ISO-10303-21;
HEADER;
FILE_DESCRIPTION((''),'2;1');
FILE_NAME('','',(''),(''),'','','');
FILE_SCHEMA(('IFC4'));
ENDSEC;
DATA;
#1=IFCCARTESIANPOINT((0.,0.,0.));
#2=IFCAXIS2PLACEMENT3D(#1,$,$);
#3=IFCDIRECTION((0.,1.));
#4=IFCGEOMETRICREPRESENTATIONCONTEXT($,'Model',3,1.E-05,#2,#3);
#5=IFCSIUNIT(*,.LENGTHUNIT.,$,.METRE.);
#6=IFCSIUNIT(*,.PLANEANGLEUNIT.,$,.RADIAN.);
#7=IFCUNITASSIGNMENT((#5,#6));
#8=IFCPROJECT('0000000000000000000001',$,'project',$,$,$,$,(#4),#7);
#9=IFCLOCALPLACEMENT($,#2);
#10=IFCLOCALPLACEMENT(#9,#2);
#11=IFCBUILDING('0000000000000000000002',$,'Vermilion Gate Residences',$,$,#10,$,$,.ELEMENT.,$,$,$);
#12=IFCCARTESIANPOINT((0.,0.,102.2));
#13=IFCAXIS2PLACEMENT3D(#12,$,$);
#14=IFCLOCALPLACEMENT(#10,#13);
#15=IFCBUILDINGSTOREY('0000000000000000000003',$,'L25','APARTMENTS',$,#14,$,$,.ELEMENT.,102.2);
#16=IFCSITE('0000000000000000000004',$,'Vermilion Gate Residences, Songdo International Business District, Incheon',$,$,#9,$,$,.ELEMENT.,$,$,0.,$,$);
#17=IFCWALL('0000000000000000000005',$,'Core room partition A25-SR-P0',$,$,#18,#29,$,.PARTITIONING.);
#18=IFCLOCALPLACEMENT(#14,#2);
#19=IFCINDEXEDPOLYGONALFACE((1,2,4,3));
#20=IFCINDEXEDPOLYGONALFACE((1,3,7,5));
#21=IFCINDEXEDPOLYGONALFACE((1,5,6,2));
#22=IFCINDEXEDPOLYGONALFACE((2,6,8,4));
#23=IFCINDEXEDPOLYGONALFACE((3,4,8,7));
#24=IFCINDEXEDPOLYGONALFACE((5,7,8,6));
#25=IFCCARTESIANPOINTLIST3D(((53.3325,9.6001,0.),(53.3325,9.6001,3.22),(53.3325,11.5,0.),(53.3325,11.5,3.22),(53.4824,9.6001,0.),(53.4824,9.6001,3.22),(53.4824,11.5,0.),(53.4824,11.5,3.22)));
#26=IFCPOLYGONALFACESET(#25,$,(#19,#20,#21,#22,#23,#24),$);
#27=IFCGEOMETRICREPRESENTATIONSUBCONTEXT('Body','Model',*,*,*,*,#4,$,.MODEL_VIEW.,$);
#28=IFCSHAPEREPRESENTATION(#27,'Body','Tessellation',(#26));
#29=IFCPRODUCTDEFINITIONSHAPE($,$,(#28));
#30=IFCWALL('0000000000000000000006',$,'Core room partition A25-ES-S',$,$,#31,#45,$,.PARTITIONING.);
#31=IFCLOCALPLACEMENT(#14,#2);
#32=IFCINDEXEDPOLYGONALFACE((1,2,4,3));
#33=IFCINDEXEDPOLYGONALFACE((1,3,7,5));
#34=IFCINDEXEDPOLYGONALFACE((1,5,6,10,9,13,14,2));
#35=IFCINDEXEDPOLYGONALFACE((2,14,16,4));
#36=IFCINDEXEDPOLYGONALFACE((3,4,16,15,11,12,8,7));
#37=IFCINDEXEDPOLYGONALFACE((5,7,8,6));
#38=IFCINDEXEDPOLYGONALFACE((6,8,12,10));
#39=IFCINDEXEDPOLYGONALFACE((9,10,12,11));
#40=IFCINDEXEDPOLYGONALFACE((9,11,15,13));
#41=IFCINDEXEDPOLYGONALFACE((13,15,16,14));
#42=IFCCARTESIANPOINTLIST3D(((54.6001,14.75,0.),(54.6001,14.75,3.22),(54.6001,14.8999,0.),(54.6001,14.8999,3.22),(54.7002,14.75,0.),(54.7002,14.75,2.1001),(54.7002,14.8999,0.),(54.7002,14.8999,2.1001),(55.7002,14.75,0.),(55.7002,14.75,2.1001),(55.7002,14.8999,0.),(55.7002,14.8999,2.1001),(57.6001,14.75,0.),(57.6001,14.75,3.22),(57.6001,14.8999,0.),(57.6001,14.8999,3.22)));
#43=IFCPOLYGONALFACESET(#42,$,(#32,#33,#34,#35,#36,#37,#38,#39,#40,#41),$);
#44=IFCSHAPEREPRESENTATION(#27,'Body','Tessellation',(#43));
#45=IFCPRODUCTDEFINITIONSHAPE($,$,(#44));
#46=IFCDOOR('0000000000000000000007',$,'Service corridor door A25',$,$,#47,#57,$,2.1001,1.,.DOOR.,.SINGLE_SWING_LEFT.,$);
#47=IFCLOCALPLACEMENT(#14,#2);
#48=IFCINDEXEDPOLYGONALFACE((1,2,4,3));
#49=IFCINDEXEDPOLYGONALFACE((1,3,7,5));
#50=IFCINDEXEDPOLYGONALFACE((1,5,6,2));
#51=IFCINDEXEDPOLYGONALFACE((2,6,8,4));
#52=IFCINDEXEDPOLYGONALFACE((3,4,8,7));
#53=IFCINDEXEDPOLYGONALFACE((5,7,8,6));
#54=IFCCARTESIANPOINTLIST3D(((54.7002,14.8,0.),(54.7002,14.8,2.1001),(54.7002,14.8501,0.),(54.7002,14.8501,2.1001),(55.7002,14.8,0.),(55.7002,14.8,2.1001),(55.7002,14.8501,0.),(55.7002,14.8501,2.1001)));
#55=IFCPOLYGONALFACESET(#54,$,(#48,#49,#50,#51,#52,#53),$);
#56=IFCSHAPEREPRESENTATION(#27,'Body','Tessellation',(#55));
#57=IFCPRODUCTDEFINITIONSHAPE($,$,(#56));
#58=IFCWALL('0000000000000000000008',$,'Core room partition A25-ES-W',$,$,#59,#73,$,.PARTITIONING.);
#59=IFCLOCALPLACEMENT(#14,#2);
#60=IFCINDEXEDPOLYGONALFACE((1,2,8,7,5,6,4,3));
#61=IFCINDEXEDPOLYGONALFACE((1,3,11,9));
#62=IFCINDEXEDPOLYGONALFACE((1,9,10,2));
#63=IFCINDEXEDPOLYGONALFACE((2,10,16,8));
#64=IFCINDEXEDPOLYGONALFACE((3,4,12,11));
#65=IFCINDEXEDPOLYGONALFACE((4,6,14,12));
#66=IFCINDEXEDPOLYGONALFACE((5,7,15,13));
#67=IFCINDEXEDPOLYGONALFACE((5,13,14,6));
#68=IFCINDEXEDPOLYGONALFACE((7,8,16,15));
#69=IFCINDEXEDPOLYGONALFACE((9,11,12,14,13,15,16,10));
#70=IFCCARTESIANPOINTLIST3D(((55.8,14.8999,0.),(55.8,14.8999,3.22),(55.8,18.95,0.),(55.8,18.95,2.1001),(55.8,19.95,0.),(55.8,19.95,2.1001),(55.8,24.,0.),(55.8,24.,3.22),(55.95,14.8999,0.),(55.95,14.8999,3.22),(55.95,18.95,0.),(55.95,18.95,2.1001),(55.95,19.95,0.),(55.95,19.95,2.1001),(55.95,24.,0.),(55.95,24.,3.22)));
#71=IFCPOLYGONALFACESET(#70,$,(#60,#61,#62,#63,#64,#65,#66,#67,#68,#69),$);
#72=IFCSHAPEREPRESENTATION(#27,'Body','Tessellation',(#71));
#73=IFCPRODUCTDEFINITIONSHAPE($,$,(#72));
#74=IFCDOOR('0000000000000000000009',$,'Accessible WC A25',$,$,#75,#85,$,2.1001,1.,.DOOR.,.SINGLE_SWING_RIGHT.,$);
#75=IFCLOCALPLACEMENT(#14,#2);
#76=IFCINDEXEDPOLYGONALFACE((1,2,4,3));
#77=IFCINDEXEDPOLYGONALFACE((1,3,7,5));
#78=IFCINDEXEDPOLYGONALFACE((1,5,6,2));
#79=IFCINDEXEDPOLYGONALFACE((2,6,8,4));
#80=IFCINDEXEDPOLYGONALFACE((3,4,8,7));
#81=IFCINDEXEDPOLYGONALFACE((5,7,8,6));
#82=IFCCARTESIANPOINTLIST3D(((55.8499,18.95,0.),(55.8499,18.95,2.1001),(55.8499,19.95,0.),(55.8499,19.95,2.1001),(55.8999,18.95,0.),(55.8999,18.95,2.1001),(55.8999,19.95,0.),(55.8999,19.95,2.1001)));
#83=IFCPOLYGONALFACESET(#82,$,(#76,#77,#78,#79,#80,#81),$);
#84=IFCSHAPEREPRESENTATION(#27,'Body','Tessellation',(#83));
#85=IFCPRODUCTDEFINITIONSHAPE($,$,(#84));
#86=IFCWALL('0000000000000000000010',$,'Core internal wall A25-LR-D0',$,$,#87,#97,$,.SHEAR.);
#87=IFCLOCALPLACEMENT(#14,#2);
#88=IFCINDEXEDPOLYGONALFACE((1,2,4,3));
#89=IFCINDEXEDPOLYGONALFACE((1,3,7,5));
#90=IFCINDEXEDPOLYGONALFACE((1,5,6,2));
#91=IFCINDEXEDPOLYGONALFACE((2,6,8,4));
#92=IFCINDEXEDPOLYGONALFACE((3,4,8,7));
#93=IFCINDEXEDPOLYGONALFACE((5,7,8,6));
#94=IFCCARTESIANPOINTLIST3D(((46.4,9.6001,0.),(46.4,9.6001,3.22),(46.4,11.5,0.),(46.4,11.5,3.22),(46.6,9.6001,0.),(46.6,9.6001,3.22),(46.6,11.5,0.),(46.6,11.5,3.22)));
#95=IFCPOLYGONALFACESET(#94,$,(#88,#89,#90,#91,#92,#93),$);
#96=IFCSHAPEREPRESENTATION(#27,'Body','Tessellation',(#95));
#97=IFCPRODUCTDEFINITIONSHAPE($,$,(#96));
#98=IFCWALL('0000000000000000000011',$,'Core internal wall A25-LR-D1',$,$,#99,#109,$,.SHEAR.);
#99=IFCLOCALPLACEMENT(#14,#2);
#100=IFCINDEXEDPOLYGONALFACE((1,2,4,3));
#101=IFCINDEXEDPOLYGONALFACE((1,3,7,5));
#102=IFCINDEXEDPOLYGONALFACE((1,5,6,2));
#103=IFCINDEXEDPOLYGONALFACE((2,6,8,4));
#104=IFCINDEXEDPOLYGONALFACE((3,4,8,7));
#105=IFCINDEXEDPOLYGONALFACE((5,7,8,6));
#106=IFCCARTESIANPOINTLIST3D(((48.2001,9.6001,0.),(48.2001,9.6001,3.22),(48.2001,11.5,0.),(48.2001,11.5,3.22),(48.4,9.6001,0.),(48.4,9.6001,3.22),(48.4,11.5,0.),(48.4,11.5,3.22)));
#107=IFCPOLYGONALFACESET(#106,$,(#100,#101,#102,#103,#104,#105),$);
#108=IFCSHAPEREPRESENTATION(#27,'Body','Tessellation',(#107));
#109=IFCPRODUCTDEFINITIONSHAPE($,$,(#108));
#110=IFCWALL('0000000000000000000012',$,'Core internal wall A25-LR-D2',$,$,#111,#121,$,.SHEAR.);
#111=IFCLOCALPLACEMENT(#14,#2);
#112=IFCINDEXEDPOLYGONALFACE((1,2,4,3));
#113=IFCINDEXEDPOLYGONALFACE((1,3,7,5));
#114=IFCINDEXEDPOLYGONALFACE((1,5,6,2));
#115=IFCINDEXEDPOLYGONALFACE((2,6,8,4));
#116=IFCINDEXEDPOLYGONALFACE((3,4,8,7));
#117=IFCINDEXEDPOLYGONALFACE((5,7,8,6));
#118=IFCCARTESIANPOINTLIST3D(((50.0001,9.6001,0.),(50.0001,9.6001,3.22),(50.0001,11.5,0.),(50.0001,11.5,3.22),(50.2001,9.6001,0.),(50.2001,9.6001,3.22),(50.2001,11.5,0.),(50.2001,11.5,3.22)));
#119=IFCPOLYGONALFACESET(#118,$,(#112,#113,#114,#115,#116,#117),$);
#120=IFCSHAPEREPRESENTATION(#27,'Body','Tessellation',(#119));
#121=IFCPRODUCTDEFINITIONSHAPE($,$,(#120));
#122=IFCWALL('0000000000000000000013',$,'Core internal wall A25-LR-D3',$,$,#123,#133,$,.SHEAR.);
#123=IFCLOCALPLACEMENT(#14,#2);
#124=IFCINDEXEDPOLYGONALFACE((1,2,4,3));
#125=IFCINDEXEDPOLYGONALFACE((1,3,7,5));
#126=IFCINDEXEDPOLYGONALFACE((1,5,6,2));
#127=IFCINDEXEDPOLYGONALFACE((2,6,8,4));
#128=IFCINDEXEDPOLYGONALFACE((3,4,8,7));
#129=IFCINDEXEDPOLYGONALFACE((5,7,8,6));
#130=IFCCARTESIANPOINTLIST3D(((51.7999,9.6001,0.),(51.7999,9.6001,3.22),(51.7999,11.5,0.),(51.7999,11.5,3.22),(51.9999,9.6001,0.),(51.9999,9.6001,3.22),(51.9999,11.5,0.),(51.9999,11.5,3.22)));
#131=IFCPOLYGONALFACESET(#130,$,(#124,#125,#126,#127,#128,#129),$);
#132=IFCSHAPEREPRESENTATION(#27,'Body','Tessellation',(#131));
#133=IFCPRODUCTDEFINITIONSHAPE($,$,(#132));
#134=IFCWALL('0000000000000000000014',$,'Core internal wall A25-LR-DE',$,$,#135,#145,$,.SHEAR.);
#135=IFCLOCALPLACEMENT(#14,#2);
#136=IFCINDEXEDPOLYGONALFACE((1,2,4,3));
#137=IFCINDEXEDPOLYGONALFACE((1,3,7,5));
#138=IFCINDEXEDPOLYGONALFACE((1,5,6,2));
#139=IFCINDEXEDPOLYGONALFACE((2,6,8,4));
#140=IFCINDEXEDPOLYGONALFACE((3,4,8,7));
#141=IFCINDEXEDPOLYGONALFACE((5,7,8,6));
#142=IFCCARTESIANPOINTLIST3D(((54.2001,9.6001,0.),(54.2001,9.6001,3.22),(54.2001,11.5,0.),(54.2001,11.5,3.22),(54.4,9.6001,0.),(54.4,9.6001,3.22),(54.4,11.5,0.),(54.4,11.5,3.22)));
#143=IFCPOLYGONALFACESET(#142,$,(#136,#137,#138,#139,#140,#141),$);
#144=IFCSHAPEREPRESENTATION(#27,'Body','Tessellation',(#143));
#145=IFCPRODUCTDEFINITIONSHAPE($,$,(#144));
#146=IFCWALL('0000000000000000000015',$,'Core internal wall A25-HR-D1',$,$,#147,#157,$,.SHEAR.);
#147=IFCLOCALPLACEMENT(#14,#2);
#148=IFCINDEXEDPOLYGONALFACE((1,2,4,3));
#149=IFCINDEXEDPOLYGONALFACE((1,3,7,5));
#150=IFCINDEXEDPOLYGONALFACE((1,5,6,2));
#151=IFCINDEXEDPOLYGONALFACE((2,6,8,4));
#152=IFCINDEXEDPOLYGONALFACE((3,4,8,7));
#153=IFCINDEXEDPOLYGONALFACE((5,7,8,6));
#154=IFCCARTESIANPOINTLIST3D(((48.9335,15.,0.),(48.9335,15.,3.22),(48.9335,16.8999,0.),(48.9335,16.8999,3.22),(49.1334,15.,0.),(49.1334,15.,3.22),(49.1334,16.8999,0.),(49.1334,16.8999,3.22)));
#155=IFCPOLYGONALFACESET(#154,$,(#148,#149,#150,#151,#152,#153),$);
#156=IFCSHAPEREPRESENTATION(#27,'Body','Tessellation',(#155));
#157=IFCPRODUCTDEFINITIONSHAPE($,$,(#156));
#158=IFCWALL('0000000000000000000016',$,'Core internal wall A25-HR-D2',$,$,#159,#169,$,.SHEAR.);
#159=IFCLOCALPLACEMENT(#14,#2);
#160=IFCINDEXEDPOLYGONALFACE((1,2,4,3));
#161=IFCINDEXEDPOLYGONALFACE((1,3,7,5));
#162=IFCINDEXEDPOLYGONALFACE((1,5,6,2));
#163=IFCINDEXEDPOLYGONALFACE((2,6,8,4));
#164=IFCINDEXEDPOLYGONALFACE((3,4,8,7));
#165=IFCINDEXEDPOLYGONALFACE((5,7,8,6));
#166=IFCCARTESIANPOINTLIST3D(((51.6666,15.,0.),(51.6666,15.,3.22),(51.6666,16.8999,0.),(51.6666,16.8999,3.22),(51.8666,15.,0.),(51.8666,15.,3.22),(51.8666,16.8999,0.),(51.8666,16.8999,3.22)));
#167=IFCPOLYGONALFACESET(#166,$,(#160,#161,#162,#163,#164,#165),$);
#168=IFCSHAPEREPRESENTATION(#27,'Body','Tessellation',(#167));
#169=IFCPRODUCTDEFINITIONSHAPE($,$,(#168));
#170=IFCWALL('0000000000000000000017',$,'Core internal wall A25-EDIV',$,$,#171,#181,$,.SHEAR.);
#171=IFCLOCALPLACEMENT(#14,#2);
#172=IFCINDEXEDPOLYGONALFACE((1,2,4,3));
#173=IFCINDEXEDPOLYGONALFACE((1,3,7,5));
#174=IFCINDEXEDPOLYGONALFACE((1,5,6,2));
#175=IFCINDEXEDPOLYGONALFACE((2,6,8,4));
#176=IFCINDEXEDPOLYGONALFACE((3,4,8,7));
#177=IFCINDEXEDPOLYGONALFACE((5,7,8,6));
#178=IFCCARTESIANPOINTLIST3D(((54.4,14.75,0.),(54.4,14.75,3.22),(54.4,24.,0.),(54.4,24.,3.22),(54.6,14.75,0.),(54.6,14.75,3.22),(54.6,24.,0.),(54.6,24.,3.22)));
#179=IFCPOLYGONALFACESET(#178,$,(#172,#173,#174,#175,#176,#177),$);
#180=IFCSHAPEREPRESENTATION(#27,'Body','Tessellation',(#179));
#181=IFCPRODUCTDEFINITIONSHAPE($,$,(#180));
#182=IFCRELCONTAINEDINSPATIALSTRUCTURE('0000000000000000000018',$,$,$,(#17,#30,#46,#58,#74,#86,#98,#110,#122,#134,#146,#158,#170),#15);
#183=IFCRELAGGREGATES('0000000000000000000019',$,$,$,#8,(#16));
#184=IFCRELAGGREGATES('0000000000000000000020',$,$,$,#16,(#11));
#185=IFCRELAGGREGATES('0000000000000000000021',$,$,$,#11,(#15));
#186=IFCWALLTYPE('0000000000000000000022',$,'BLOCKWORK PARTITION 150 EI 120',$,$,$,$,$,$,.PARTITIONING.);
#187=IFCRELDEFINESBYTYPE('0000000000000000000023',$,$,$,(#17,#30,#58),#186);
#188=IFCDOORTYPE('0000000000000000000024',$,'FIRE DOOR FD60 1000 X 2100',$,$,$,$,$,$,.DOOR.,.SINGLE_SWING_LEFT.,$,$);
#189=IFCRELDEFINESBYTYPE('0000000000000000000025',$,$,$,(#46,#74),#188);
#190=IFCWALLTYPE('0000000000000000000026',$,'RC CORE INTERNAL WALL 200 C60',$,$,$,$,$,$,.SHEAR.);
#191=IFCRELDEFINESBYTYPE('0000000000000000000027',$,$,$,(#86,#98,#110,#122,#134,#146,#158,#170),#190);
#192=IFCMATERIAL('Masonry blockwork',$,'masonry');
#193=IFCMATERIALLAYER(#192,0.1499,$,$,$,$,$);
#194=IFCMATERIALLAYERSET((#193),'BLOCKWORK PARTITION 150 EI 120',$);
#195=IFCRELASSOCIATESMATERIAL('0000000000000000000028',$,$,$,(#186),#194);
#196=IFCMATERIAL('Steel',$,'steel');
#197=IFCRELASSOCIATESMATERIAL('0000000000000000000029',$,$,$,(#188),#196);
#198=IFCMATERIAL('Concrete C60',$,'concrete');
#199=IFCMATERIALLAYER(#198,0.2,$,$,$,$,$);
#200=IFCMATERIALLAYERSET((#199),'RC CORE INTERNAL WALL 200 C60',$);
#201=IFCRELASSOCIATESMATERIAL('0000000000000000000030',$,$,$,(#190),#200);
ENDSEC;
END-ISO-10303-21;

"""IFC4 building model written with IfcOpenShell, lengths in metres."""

from ifc_helpers import new_model, si_unit, direction, frame, frame_2d, origin, place, context, subcontext, project, spatial, rectangle, extrude, material, layer, layer_set, type_object, element, fill, save


model = new_model("IFC4")

# Units and contexts
model_context = context("Model", 3, precision=1e-05, world=origin(), true_north=direction((0.0, 1.0)))
body_context = subcontext(model_context, "Body", "Model", "MODEL_VIEW")
ifc_project = project(units=[si_unit("LENGTHUNIT", "METRE"), si_unit("PLANEANGLEUNIT", "RADIAN")], contexts=[model_context])

# Site, building, storey
site_placement = place(None, origin())
site = spatial("IfcSite", under=ifc_project, at=site_placement, Name="Vermilion Gate Residences, Songdo International Business District, Incheon", CompositionType="ELEMENT", RefElevation=0.0)
building_placement = place(site_placement, origin())
building = spatial("IfcBuilding", under=site, at=building_placement, Name="Vermilion Gate Residences", CompositionType="ELEMENT")
storey_placement = place(building_placement, frame((0.0, 0.0, 102.2)))
storey = spatial("IfcBuildingStorey", under=building, at=storey_placement, Name="L25", Description="APARTMENTS", CompositionType="ELEMENT", Elevation=102.2)

# Wall
ifc_material_1 = material(Name="Masonry blockwork", Category="masonry")
ifc_layer_1 = layer(ifc_material_1, 0.1499)
ifc_layer_set_1 = layer_set([ifc_layer_1], Name="BLOCKWORK PARTITION 150 EI 120")
wall_type_1 = type_object("IfcWallType", Name="BLOCKWORK PARTITION 150 EI 120", PredefinedType="PARTITIONING", material=ifc_layer_set_1)
wall_1_placement = place(storey_placement, frame((53.4075, 9.6001, 0.0), z_axis=(0.0, 0.0, 1.0), x_axis=(0.0, 1.0, 0.0)))
element("IfcWall", 1, at=wall_1_placement, inside=storey, type_object=wall_type_1, Name="Core room partition A25-SR-P0", PredefinedType="PARTITIONING", context=body_context, shape_type="SweptSolid", body=[
    extrude(rectangle(XDim=1.8999, YDim=0.1499, at=frame_2d((0.95, 0.0))), origin(), (0.0, 0.0, 1.0), 3.22),
])

# Walls, openings, doors
wall_2_placement = place(storey_placement, frame((54.6001, 14.825, 0.0), z_axis=(0.0, 0.0, 1.0), x_axis=(1.0, 0.0, 0.0)))
wall_2 = element("IfcWall", 2, at=wall_2_placement, inside=storey, type_object=wall_type_1, Name="Core room partition A25-ES-S", PredefinedType="PARTITIONING", context=body_context, shape_type="SweptSolid", body=[
    extrude(rectangle(XDim=3.0, YDim=0.1499, at=frame_2d((1.5, 0.0))), origin(), (0.0, 0.0, 1.0), 3.22),
])
opening_1_placement = place(wall_2_placement, frame((0.1001, 0.0, 0.0)))
opening_1 = element("IfcOpeningElement", 3, at=opening_1_placement, cuts=wall_2, PredefinedType="OPENING", context=body_context, shape_type="SweptSolid", body=[
    extrude(rectangle(XDim=1.0, YDim=2.1001, at=frame_2d((0.5, 1.05))), frame((0.0, 0.085, 0.0), z_axis=(0.0, -1.0, 0.0), x_axis=(1.0, 0.0, 0.0)), (0.0, 0.0, 1.0), 0.1699),
])
ifc_material_2 = material(Name="Steel", Category="steel")
door_type_1 = type_object("IfcDoorType", Name="FIRE DOOR FD60 1000 X 2100", OperationType="SINGLE_SWING_LEFT", PredefinedType="DOOR", material=ifc_material_2)
door_1_placement = place(opening_1_placement, frame((1.0, 0.0, 0.0), z_axis=(0.0, 0.0, 1.0), x_axis=(-1.0, 0.0, 0.0)))
door_1 = element("IfcDoor", 4, at=door_1_placement, inside=storey, type_object=door_type_1, Name="Service corridor door A25", OperationType="SINGLE_SWING_LEFT", OverallHeight=2.1001, OverallWidth=1.0, PredefinedType="DOOR", context=body_context, shape_type="SweptSolid", body=[
    extrude(rectangle(XDim=1.0, YDim=2.1001, at=frame_2d((0.5, 1.05))), frame((0.0, 0.0249, 0.0), z_axis=(0.0, -1.0, 0.0), x_axis=(1.0, 0.0, 0.0)), (0.0, 0.0, 1.0), 0.05),
])
fill(opening_1, door_1)
wall_3_placement = place(storey_placement, frame((55.875, 14.8999, 0.0), z_axis=(0.0, 0.0, 1.0), x_axis=(0.0, 1.0, 0.0)))
wall_3 = element("IfcWall", 5, at=wall_3_placement, inside=storey, type_object=wall_type_1, Name="Core room partition A25-ES-W", PredefinedType="PARTITIONING", context=body_context, shape_type="SweptSolid", body=[
    extrude(rectangle(XDim=9.1001, YDim=0.1499, at=frame_2d((4.55, 0.0))), origin(), (0.0, 0.0, 1.0), 3.22),
])
opening_2_placement = place(wall_3_placement, frame((4.05, 0.0, 0.0)))
opening_2 = element("IfcOpeningElement", 6, at=opening_2_placement, cuts=wall_3, PredefinedType="OPENING", context=body_context, shape_type="SweptSolid", body=[
    extrude(rectangle(XDim=1.0, YDim=2.1001, at=frame_2d((0.5, 1.05))), frame((0.0, 0.085, 0.0), z_axis=(0.0, -1.0, 0.0), x_axis=(1.0, 0.0, 0.0)), (0.0, 0.0, 1.0), 0.1699),
])
door_2_placement = place(opening_2_placement, frame((1.0, 0.0, 0.0), z_axis=(0.0, 0.0, 1.0), x_axis=(-1.0, 0.0, 0.0)))
door_2 = element("IfcDoor", 7, at=door_2_placement, inside=storey, type_object=door_type_1, Name="Accessible WC A25", OperationType="SINGLE_SWING_RIGHT", OverallHeight=2.1001, OverallWidth=1.0, PredefinedType="DOOR", context=body_context, shape_type="SweptSolid", body=[
    extrude(rectangle(XDim=1.0, YDim=2.1001, at=frame_2d((0.5, 1.05))), frame((0.0, 0.0249, 0.0), z_axis=(0.0, -1.0, 0.0), x_axis=(1.0, 0.0, 0.0)), (0.0, 0.0, 1.0), 0.05),
])
fill(opening_2, door_2)

# Walls
ifc_material_3 = material(Name="Concrete C60", Category="concrete")
ifc_layer_2 = layer(ifc_material_3, 0.2)
ifc_layer_set_2 = layer_set([ifc_layer_2], Name="RC CORE INTERNAL WALL 200 C60")
wall_type_2 = type_object("IfcWallType", Name="RC CORE INTERNAL WALL 200 C60", PredefinedType="SHEAR", material=ifc_layer_set_2)
for number, where, z_axis, x_axis, name in (
    (8, (46.5, 9.6001, 0.0), (0.0, 0.0, 1.0), (0.0, 1.0, 0.0), "Core internal wall A25-LR-D0"),
    (9, (48.3, 9.6001, 0.0), (0.0, 0.0, 1.0), (0.0, 1.0, 0.0), "Core internal wall A25-LR-D1"),
    (10, (50.1001, 9.6001, 0.0), (0.0, 0.0, 1.0), (0.0, 1.0, 0.0), "Core internal wall A25-LR-D2"),
    (11, (51.8999, 9.6001, 0.0), (0.0, 0.0, 1.0), (0.0, 1.0, 0.0), "Core internal wall A25-LR-D3"),
    (12, (54.3, 9.6001, 0.0), (0.0, 0.0, 1.0), (0.0, 1.0, 0.0), "Core internal wall A25-LR-DE"),
    (13, (49.0334, 15.0, 0.0), (0.0, 0.0, 1.0), (0.0, 1.0, 0.0), "Core internal wall A25-HR-D1"),
    (14, (51.7666, 15.0, 0.0), (0.0, 0.0, 1.0), (0.0, 1.0, 0.0), "Core internal wall A25-HR-D2"),
):
    element("IfcWall", number, at=place(storey_placement, frame(where, z_axis=z_axis, x_axis=x_axis)), inside=storey, type_object=wall_type_2, Name=name, PredefinedType="SHEAR", context=body_context, shape_type="SweptSolid", body=[
        extrude(rectangle(XDim=1.8999, YDim=0.2, at=frame_2d((0.95, 0.0))), origin(), (0.0, 0.0, 1.0), 3.22),
    ])
wall_4_placement = place(storey_placement, frame((54.5, 14.75, 0.0), z_axis=(0.0, 0.0, 1.0), x_axis=(0.0, 1.0, 0.0)))
element("IfcWall", 15, at=wall_4_placement, inside=storey, type_object=wall_type_2, Name="Core internal wall A25-EDIV", PredefinedType="SHEAR", context=body_context, shape_type="SweptSolid", body=[
    extrude(rectangle(XDim=9.25, YDim=0.2, at=frame_2d((4.625, 0.0))), origin(), (0.0, 0.0, 1.0), 3.22),
])

save(model, "model.ifc")
